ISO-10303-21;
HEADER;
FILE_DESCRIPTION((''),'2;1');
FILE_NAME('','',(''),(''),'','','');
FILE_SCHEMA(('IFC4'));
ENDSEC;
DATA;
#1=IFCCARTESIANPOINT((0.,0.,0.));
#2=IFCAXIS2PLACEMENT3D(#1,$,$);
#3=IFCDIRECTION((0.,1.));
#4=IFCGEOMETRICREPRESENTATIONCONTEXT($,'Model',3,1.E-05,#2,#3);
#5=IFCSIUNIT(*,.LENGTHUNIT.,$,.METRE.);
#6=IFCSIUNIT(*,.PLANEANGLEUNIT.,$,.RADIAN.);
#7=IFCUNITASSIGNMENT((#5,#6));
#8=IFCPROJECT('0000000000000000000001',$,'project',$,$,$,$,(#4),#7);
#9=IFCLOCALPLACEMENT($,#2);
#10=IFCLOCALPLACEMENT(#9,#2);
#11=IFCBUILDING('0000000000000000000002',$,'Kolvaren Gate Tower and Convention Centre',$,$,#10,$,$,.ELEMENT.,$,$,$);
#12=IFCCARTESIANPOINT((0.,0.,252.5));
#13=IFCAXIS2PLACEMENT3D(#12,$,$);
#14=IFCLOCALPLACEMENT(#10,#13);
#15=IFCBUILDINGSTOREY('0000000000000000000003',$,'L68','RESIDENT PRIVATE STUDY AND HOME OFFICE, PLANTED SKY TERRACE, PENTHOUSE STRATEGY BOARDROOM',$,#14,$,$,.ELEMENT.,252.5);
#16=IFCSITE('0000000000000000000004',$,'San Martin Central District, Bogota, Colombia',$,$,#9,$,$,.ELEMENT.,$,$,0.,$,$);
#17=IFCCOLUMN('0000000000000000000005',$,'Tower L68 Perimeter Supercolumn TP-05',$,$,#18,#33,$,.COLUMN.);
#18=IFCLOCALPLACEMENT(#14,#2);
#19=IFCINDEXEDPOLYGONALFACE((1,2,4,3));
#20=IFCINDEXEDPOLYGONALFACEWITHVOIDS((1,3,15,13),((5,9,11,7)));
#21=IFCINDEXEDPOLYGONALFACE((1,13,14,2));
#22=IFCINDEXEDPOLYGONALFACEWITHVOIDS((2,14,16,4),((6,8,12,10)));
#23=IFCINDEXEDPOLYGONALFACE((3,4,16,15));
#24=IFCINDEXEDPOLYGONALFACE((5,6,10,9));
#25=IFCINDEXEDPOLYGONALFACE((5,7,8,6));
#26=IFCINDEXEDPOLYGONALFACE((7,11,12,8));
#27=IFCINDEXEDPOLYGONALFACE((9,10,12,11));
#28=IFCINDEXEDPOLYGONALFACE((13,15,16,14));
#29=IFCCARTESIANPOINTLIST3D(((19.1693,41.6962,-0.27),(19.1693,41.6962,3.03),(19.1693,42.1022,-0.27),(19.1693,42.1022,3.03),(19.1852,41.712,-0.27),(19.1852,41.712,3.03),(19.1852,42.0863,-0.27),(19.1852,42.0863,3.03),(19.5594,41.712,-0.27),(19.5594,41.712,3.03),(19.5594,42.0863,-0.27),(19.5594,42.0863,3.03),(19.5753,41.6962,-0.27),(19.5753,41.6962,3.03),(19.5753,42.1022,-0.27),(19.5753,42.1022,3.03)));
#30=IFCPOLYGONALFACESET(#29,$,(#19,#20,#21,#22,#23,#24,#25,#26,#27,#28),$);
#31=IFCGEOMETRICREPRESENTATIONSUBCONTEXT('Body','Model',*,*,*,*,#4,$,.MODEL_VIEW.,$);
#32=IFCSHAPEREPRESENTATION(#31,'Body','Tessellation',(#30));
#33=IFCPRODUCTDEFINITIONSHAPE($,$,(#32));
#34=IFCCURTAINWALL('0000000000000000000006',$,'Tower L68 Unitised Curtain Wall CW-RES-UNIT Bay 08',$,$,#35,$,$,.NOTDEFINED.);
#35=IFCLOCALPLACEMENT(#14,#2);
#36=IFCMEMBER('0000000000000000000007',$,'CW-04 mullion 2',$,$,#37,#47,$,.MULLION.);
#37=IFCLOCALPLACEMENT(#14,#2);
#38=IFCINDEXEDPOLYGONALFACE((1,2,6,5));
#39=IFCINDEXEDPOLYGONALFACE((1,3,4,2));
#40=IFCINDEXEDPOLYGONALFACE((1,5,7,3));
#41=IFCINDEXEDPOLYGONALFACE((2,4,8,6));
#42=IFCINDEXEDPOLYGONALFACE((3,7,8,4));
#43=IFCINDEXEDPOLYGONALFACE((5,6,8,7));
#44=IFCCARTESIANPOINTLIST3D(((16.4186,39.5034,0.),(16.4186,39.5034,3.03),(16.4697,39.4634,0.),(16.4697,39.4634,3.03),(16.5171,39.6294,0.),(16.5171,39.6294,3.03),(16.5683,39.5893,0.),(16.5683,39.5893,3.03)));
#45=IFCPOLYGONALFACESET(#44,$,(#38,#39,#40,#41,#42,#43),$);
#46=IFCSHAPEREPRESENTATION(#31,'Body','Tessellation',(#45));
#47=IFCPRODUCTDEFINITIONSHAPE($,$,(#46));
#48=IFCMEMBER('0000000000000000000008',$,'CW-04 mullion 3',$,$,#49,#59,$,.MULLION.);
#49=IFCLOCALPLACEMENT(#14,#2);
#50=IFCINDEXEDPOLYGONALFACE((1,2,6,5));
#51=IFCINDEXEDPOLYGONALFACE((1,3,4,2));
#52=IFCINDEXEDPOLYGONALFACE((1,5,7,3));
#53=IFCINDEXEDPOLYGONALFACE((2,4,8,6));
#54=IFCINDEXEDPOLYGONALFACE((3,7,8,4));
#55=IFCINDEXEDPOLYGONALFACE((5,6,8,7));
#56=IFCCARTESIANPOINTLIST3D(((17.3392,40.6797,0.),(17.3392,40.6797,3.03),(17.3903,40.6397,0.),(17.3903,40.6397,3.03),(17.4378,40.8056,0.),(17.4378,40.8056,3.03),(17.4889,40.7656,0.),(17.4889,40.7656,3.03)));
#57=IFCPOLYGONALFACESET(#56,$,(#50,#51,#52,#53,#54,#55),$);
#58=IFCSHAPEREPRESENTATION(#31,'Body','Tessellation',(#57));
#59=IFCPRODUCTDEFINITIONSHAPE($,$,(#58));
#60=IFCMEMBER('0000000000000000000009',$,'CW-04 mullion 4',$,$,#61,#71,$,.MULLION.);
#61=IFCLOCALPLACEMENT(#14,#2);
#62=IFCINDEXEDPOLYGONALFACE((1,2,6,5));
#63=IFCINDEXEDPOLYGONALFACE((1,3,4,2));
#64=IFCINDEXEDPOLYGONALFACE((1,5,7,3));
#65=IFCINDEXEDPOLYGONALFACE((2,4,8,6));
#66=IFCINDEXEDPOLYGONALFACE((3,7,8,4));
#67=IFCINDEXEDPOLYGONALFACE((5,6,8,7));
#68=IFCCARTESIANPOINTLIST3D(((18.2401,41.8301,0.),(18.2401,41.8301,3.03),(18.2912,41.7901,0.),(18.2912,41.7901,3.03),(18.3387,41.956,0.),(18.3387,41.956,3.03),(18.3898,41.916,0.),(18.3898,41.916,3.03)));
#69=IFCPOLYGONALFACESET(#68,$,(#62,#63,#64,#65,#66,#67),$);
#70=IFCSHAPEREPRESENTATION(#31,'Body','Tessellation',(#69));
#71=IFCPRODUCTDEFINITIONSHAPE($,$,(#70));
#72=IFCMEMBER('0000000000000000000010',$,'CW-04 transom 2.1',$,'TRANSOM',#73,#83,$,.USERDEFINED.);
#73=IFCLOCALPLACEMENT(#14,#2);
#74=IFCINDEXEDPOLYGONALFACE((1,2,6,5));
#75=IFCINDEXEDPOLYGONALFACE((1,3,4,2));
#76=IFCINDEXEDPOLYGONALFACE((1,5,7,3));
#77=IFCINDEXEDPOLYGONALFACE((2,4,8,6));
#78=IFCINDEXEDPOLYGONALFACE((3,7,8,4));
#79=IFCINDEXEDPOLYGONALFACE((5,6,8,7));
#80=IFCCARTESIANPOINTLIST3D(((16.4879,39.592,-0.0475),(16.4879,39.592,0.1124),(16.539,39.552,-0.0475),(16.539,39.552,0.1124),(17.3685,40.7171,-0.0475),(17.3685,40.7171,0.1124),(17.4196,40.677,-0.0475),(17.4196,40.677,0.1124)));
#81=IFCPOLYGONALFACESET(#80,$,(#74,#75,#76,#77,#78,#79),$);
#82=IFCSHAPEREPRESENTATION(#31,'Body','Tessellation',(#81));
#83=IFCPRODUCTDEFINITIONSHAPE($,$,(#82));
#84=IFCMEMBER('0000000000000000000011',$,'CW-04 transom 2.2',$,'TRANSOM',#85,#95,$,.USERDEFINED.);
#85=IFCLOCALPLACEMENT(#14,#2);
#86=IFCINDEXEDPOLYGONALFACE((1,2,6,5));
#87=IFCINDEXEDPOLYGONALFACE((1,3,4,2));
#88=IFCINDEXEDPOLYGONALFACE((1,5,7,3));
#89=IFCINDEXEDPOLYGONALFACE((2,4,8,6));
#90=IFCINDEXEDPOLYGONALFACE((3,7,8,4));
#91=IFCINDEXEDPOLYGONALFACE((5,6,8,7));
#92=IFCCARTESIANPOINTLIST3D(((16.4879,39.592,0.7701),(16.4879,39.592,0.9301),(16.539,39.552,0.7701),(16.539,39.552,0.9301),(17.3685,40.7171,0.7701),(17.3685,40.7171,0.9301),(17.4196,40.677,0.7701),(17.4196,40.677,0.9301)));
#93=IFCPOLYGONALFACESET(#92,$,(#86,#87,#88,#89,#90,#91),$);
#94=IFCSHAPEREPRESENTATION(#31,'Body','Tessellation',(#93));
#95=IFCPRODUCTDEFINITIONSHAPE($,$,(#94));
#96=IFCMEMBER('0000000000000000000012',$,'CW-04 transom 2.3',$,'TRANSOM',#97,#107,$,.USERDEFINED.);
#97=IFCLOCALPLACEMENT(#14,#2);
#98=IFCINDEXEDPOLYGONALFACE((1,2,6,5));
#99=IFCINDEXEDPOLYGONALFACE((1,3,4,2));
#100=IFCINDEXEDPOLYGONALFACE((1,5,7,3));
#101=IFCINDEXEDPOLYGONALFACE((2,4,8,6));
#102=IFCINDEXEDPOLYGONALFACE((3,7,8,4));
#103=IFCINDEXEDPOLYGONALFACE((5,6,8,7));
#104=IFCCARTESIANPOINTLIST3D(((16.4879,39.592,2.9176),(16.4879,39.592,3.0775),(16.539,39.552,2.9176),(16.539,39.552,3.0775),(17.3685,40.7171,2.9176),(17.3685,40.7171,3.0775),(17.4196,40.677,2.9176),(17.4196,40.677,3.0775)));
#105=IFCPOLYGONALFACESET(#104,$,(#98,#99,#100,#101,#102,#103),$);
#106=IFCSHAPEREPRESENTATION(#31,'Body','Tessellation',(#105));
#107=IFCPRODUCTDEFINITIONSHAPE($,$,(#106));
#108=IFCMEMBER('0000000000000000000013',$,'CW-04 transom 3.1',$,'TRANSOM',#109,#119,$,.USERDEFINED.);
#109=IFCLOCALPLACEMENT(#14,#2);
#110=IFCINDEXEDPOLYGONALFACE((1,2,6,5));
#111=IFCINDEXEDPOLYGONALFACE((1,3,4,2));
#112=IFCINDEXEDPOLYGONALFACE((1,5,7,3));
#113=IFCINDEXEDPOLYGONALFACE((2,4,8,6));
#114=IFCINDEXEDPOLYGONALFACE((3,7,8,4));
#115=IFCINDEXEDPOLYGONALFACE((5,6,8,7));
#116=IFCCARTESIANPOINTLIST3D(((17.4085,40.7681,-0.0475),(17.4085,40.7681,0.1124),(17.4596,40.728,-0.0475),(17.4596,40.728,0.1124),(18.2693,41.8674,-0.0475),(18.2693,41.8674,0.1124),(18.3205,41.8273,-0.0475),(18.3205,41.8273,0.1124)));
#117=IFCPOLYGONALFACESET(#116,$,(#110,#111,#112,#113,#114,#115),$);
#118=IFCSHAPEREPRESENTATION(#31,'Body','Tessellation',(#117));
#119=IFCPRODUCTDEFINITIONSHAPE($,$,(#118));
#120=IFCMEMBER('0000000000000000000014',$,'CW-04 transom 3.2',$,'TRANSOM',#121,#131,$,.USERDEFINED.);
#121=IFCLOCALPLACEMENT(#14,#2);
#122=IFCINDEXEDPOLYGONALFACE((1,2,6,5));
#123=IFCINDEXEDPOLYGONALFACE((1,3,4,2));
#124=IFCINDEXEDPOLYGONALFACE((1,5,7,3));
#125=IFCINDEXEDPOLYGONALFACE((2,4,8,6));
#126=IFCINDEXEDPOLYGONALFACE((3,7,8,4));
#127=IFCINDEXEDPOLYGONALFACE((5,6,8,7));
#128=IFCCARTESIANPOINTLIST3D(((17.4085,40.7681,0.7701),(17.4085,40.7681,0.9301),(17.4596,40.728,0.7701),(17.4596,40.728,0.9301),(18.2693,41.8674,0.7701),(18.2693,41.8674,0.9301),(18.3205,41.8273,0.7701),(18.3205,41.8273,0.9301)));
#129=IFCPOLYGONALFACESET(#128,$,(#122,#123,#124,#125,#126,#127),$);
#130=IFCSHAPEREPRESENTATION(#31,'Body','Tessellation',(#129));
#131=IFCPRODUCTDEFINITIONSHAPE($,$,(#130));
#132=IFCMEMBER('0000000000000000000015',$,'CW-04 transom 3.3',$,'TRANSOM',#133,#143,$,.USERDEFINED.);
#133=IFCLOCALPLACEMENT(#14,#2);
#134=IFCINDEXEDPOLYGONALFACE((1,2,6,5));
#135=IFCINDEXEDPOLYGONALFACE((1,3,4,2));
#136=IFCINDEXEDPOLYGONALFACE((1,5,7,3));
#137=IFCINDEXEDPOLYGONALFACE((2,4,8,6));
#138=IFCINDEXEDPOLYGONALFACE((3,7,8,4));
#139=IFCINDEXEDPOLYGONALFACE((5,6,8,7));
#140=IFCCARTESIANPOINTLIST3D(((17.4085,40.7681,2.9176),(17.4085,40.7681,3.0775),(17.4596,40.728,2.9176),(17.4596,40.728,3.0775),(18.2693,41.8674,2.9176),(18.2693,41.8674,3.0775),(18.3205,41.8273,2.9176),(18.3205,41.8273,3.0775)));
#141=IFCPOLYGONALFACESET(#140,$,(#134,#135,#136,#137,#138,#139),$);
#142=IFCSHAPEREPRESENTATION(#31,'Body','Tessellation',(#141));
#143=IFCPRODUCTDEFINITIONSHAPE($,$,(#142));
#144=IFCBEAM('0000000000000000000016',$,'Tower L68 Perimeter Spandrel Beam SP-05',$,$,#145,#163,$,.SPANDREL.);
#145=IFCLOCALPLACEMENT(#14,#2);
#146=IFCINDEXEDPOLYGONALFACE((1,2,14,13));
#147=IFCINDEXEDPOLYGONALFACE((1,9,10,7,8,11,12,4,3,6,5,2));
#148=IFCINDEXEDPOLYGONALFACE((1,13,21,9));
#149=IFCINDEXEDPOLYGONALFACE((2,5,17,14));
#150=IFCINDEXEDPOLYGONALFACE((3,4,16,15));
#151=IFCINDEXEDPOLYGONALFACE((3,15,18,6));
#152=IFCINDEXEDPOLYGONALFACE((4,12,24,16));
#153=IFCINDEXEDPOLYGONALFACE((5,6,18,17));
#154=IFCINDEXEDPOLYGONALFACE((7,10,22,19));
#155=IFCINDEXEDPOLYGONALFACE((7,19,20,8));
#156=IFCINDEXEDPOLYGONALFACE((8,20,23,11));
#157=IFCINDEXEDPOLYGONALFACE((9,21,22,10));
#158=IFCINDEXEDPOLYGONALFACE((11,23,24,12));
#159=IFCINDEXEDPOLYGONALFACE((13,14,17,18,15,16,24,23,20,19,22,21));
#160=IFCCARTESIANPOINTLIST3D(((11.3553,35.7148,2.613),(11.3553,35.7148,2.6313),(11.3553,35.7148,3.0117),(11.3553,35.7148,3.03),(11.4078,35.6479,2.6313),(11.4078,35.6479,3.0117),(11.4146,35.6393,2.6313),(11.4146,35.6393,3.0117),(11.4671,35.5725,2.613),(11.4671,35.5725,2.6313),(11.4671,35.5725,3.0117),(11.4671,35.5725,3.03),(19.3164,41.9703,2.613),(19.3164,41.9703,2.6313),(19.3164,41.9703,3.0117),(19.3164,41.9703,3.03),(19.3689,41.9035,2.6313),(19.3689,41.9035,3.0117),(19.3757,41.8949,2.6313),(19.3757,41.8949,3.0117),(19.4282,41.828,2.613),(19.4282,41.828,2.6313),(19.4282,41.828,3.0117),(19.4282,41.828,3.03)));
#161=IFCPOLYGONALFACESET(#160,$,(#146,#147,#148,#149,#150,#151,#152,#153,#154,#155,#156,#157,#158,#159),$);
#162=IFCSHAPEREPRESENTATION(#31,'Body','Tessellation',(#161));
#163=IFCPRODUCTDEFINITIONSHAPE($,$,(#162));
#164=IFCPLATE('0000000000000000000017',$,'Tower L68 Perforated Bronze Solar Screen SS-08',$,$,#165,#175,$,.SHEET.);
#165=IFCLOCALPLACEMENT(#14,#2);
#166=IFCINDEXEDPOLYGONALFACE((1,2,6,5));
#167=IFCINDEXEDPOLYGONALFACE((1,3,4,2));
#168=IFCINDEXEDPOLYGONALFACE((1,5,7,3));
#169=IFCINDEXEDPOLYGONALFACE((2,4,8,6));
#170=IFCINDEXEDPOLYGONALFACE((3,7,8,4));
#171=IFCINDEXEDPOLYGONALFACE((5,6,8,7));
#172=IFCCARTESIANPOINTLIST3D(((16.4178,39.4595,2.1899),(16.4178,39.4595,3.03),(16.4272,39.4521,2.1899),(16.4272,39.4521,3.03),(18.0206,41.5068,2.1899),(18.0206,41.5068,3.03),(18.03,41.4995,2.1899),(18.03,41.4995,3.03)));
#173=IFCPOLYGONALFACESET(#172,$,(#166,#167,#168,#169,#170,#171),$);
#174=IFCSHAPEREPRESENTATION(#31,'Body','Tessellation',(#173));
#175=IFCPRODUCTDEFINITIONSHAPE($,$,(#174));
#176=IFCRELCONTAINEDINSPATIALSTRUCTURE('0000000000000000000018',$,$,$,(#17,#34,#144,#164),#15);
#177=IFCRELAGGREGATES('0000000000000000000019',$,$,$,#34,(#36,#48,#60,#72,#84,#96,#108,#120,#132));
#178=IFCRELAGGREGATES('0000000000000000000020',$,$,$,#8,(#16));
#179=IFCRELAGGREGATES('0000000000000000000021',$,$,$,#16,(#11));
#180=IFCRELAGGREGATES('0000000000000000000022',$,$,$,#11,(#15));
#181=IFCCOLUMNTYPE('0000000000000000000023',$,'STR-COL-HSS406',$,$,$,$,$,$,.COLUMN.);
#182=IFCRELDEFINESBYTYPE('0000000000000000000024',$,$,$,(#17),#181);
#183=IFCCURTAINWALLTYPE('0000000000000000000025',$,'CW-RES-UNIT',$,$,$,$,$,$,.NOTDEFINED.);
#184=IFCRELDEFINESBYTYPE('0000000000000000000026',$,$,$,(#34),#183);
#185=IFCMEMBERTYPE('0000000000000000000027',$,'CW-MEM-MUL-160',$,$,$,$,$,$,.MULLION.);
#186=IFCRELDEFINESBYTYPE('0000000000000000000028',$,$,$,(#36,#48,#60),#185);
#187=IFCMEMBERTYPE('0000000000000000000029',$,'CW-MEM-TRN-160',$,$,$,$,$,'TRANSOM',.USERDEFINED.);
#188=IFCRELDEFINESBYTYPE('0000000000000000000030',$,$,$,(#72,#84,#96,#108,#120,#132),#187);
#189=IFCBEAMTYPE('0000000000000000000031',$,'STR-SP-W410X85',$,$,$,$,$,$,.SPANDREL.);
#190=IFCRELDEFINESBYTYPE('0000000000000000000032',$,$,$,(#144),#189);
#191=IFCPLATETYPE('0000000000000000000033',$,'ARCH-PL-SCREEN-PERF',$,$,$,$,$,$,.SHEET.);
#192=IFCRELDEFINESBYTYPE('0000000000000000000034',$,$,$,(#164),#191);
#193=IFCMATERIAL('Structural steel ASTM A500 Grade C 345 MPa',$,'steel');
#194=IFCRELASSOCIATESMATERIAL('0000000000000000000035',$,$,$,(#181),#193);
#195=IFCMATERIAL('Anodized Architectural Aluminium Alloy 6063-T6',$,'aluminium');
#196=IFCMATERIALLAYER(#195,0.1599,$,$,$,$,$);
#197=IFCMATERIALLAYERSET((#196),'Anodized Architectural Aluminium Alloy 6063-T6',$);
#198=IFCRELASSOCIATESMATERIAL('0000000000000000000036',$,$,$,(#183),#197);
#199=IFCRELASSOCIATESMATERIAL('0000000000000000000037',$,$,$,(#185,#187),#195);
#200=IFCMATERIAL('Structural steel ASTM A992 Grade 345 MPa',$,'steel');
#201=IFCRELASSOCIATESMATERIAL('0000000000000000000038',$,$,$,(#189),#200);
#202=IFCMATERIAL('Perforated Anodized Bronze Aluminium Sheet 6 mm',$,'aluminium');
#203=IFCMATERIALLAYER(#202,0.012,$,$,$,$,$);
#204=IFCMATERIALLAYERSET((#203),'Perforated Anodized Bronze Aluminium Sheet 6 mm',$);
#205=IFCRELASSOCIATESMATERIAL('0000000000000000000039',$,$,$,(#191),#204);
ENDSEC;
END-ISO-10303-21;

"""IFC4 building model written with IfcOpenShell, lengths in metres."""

from ifc_helpers import new_model, si_unit, direction, frame, origin, origin_2d, place, context, subcontext, project, spatial, rectangle, hollow_rectangle, i_section, extrude, material, layer, layer_set, material_profile, profile_set, type_object, element, aggregate, save


model = new_model("IFC4")

# Units and contexts
model_context = context("Model", 3, precision=1e-05, world=origin(), true_north=direction((0.0, 1.0)))
body_context = subcontext(model_context, "Body", "Model", "MODEL_VIEW")
ifc_project = project(units=[si_unit("LENGTHUNIT", "METRE"), si_unit("PLANEANGLEUNIT", "RADIAN")], contexts=[model_context])

# Site, building, storey
site_placement = place(None, origin())
site = spatial("IfcSite", under=ifc_project, at=site_placement, Name="San Martin Central District, Bogota, Colombia", CompositionType="ELEMENT", RefElevation=0.0)
building_placement = place(site_placement, origin())
building = spatial("IfcBuilding", under=site, at=building_placement, Name="Kolvaren Gate Tower and Convention Centre", CompositionType="ELEMENT")
storey_placement = place(building_placement, frame((0.0, 0.0, 252.5)))
storey = spatial("IfcBuildingStorey", under=building, at=storey_placement, Name="L68", Description="RESIDENT PRIVATE STUDY AND HOME OFFICE, PLANTED SKY TERRACE, PENTHOUSE STRATEGY BOARDROOM", CompositionType="ELEMENT", Elevation=252.5)

# Column
ifc_material_1 = material(Name="Structural steel ASTM A500 Grade C 345 MPa", Category="steel")
ifc_material_profile_1 = material_profile(ifc_material_1, hollow_rectangle(XDim=0.406, YDim=0.406, WallThickness=0.0159, at=origin_2d()), Name="HSS406X406X15.9")
ifc_profile_set_1 = profile_set([ifc_material_profile_1], Name="Structural steel ASTM A500 Grade C 345 MPa")
column_type = type_object("IfcColumnType", Name="STR-COL-HSS406", PredefinedType="COLUMN", material=ifc_profile_set_1)
column_placement = place(storey_placement, frame((19.3723, 41.8992, -0.27), z_axis=(0.0, 0.0, 1.0), x_axis=(1.0, 0.0, 0.0)))
element("IfcColumn", 1, at=column_placement, inside=storey, type_object=column_type, Name="Tower L68 Perimeter Supercolumn TP-05", PredefinedType="COLUMN", context=body_context, shape_type="SweptSolid", body=[
    extrude(hollow_rectangle(XDim=0.406, YDim=0.406, WallThickness=0.0159, at=origin_2d()), origin(), (0.0, 0.0, 1.0), 3.3),
])

# Curtain wall, members
ifc_material_2 = material(Name="Anodized Architectural Aluminium Alloy 6063-T6", Category="aluminium")
ifc_layer_1 = layer(ifc_material_2, 0.1599)
ifc_layer_set_1 = layer_set([ifc_layer_1], Name="Anodized Architectural Aluminium Alloy 6063-T6")
curtain_wall_type = type_object("IfcCurtainWallType", Name="CW-RES-UNIT", PredefinedType="NOTDEFINED", material=ifc_layer_set_1)
curtain_wall_placement = place(storey_placement, origin())
curtain_wall = element("IfcCurtainWall", 2, at=curtain_wall_placement, inside=storey, type_object=curtain_wall_type, Name="Tower L68 Unitised Curtain Wall CW-RES-UNIT Bay 08", PredefinedType="NOTDEFINED")
ifc_material_profile_2 = material_profile(ifc_material_2, rectangle(XDim=0.0649, YDim=0.1599, at=origin_2d()), Name="CW-MEM-MUL-160")
ifc_profile_set_2 = profile_set([ifc_material_profile_2], Name="Anodized Architectural Aluminium Alloy 6063-T6")
member_type_1 = type_object("IfcMemberType", Name="CW-MEM-MUL-160", PredefinedType="MULLION", material=ifc_profile_set_2)
member_1_placement = place(storey_placement, frame((16.4934, 39.5464, 0.0), z_axis=(0.0, 0.0, 1.0), x_axis=(-0.787414, 0.616425, 0.0)))
member_1 = element("IfcMember", 3, at=member_1_placement, type_object=member_type_1, Name="CW-04 mullion 2", PredefinedType="MULLION", context=body_context, shape_type="SweptSolid", body=[
    extrude(rectangle(XDim=0.0649, YDim=0.1599, at=origin_2d()), origin(), (0.0, 0.0, 1.0), 3.03),
])
member_2_placement = place(storey_placement, frame((17.4141, 40.7227, 0.0), z_axis=(0.0, 0.0, 1.0), x_axis=(-0.787414, 0.616425, 0.0)))
member_2 = element("IfcMember", 4, at=member_2_placement, type_object=member_type_1, Name="CW-04 mullion 3", PredefinedType="MULLION", context=body_context, shape_type="SweptSolid", body=[
    extrude(rectangle(XDim=0.0649, YDim=0.1599, at=origin_2d()), origin(), (0.0, 0.0, 1.0), 3.03),
])
member_3_placement = place(storey_placement, frame((18.3149, 41.873, 0.0), z_axis=(0.0, 0.0, 1.0), x_axis=(-0.787414, 0.616425, 0.0)))
member_3 = element("IfcMember", 5, at=member_3_placement, type_object=member_type_1, Name="CW-04 mullion 4", PredefinedType="MULLION", context=body_context, shape_type="SweptSolid", body=[
    extrude(rectangle(XDim=0.0649, YDim=0.1599, at=origin_2d()), origin(), (0.0, 0.0, 1.0), 3.03),
])
ifc_material_profile_3 = material_profile(ifc_material_2, rectangle(XDim=0.0649, YDim=0.1599, at=origin_2d()), Name="CW-MEM-TRN-160")
ifc_profile_set_3 = profile_set([ifc_material_profile_3], Name="Anodized Architectural Aluminium Alloy 6063-T6")
member_type_2 = type_object("IfcMemberType", Name="CW-MEM-TRN-160", ElementType="TRANSOM", PredefinedType="USERDEFINED", material=ifc_profile_set_3)
member_4_placement = place(storey_placement, frame((16.5134, 39.572, 0.0325), z_axis=(0.616387, 0.787444, 0.0), x_axis=(-0.787444, 0.616387, 0.0)))
member_4 = element("IfcMember", 6, at=member_4_placement, type_object=member_type_2, Name="CW-04 transom 2.1", ObjectType="TRANSOM", PredefinedType="USERDEFINED", context=body_context, shape_type="SweptSolid", body=[
    extrude(rectangle(XDim=0.0649, YDim=0.1599, at=origin_2d()), origin(), (0.0, 0.0, 1.0), 1.4287),
])
member_5_placement = place(storey_placement, frame((16.5134, 39.572, 0.8501), z_axis=(0.616387, 0.787444, 0.0), x_axis=(-0.787444, 0.616387, 0.0)))
member_5 = element("IfcMember", 7, at=member_5_placement, type_object=member_type_2, Name="CW-04 transom 2.2", ObjectType="TRANSOM", PredefinedType="USERDEFINED", context=body_context, shape_type="SweptSolid", body=[
    extrude(rectangle(XDim=0.0649, YDim=0.1599, at=origin_2d()), origin(), (0.0, 0.0, 1.0), 1.4287),
])
member_6_placement = place(storey_placement, frame((16.5134, 39.572, 2.9976), z_axis=(0.616387, 0.787444, 0.0), x_axis=(-0.787444, 0.616387, 0.0)))
member_6 = element("IfcMember", 8, at=member_6_placement, type_object=member_type_2, Name="CW-04 transom 2.3", ObjectType="TRANSOM", PredefinedType="USERDEFINED", context=body_context, shape_type="SweptSolid", body=[
    extrude(rectangle(XDim=0.0649, YDim=0.1599, at=origin_2d()), origin(), (0.0, 0.0, 1.0), 1.4287),
])
member_7_placement = place(storey_placement, frame((17.4341, 40.748, 0.0325), z_axis=(0.616516, 0.787343, 0.0), x_axis=(-0.787343, 0.616516, 0.0)))
member_7 = element("IfcMember", 9, at=member_7_placement, type_object=member_type_2, Name="CW-04 transom 3.1", ObjectType="TRANSOM", PredefinedType="USERDEFINED", context=body_context, shape_type="SweptSolid", body=[
    extrude(rectangle(XDim=0.0649, YDim=0.1599, at=origin_2d()), origin(), (0.0, 0.0, 1.0), 1.3962),
])
member_8_placement = place(storey_placement, frame((17.4341, 40.748, 0.8501), z_axis=(0.616516, 0.787343, 0.0), x_axis=(-0.787343, 0.616516, 0.0)))
member_8 = element("IfcMember", 10, at=member_8_placement, type_object=member_type_2, Name="CW-04 transom 3.2", ObjectType="TRANSOM", PredefinedType="USERDEFINED", context=body_context, shape_type="SweptSolid", body=[
    extrude(rectangle(XDim=0.0649, YDim=0.1599, at=origin_2d()), origin(), (0.0, 0.0, 1.0), 1.3962),
])
member_9_placement = place(storey_placement, frame((17.4341, 40.748, 2.9976), z_axis=(0.616516, 0.787343, 0.0), x_axis=(-0.787343, 0.616516, 0.0)))
member_9 = element("IfcMember", 11, at=member_9_placement, type_object=member_type_2, Name="CW-04 transom 3.3", ObjectType="TRANSOM", PredefinedType="USERDEFINED", context=body_context, shape_type="SweptSolid", body=[
    extrude(rectangle(XDim=0.0649, YDim=0.1599, at=origin_2d()), origin(), (0.0, 0.0, 1.0), 1.3962),
])

# Beam
ifc_material_3 = material(Name="Structural steel ASTM A992 Grade 345 MPa", Category="steel")
ifc_material_profile_4 = material_profile(ifc_material_3, i_section(OverallWidth=0.1809, OverallDepth=0.417, WebThickness=0.011, FlangeThickness=0.0183, at=origin_2d()), Name="W410X85")
ifc_profile_set_4 = profile_set([ifc_material_profile_4], Name="Structural steel ASTM A992 Grade 345 MPa")
beam_type = type_object("IfcBeamType", Name="STR-SP-W410X85", PredefinedType="SPANDREL", material=ifc_profile_set_4)
beam_placement = place(storey_placement, frame((19.3723, 41.8992, 2.8215), z_axis=(-0.786299, -0.617846, 0.0), x_axis=(0.617846, -0.786299, 0.0)))
element("IfcBeam", 12, at=beam_placement, inside=storey, type_object=beam_type, Name="Tower L68 Perimeter Spandrel Beam SP-05", PredefinedType="SPANDREL", context=body_context, shape_type="SweptSolid", body=[
    extrude(i_section(OverallWidth=0.1809, OverallDepth=0.417, WebThickness=0.011, FlangeThickness=0.0183, at=origin_2d()), origin(), (0.0, 0.0, 1.0), 10.1248),
])

# Plate
ifc_material_4 = material(Name="Perforated Anodized Bronze Aluminium Sheet 6 mm", Category="aluminium")
ifc_layer_2 = layer(ifc_material_4, 0.012)
ifc_layer_set_2 = layer_set([ifc_layer_2], Name="Perforated Anodized Bronze Aluminium Sheet 6 mm")
plate_type_1 = type_object("IfcPlateType", Name="ARCH-PL-SCREEN-PERF", PredefinedType="SHEET", material=ifc_layer_set_2)
plate_1_placement = place(storey_placement, frame((17.2239, 40.4795, 2.1899), z_axis=(0.0, 0.0, 1.0), x_axis=(0.616435, 0.787405, 0.0)))
element("IfcPlate", 13, at=plate_1_placement, inside=storey, type_object=plate_type_1, Name="Tower L68 Perforated Bronze Solar Screen SS-08", PredefinedType="SHEET", context=body_context, shape_type="SweptSolid", body=[
    extrude(rectangle(XDim=2.6001, YDim=0.012, at=origin_2d()), origin(), (0.0, 0.0, 1.0), 0.8401),
])
aggregate(curtain_wall, [member_1, member_2, member_3, member_4, member_5, member_6, member_7, member_8, member_9])

save(model, "model.ifc")
